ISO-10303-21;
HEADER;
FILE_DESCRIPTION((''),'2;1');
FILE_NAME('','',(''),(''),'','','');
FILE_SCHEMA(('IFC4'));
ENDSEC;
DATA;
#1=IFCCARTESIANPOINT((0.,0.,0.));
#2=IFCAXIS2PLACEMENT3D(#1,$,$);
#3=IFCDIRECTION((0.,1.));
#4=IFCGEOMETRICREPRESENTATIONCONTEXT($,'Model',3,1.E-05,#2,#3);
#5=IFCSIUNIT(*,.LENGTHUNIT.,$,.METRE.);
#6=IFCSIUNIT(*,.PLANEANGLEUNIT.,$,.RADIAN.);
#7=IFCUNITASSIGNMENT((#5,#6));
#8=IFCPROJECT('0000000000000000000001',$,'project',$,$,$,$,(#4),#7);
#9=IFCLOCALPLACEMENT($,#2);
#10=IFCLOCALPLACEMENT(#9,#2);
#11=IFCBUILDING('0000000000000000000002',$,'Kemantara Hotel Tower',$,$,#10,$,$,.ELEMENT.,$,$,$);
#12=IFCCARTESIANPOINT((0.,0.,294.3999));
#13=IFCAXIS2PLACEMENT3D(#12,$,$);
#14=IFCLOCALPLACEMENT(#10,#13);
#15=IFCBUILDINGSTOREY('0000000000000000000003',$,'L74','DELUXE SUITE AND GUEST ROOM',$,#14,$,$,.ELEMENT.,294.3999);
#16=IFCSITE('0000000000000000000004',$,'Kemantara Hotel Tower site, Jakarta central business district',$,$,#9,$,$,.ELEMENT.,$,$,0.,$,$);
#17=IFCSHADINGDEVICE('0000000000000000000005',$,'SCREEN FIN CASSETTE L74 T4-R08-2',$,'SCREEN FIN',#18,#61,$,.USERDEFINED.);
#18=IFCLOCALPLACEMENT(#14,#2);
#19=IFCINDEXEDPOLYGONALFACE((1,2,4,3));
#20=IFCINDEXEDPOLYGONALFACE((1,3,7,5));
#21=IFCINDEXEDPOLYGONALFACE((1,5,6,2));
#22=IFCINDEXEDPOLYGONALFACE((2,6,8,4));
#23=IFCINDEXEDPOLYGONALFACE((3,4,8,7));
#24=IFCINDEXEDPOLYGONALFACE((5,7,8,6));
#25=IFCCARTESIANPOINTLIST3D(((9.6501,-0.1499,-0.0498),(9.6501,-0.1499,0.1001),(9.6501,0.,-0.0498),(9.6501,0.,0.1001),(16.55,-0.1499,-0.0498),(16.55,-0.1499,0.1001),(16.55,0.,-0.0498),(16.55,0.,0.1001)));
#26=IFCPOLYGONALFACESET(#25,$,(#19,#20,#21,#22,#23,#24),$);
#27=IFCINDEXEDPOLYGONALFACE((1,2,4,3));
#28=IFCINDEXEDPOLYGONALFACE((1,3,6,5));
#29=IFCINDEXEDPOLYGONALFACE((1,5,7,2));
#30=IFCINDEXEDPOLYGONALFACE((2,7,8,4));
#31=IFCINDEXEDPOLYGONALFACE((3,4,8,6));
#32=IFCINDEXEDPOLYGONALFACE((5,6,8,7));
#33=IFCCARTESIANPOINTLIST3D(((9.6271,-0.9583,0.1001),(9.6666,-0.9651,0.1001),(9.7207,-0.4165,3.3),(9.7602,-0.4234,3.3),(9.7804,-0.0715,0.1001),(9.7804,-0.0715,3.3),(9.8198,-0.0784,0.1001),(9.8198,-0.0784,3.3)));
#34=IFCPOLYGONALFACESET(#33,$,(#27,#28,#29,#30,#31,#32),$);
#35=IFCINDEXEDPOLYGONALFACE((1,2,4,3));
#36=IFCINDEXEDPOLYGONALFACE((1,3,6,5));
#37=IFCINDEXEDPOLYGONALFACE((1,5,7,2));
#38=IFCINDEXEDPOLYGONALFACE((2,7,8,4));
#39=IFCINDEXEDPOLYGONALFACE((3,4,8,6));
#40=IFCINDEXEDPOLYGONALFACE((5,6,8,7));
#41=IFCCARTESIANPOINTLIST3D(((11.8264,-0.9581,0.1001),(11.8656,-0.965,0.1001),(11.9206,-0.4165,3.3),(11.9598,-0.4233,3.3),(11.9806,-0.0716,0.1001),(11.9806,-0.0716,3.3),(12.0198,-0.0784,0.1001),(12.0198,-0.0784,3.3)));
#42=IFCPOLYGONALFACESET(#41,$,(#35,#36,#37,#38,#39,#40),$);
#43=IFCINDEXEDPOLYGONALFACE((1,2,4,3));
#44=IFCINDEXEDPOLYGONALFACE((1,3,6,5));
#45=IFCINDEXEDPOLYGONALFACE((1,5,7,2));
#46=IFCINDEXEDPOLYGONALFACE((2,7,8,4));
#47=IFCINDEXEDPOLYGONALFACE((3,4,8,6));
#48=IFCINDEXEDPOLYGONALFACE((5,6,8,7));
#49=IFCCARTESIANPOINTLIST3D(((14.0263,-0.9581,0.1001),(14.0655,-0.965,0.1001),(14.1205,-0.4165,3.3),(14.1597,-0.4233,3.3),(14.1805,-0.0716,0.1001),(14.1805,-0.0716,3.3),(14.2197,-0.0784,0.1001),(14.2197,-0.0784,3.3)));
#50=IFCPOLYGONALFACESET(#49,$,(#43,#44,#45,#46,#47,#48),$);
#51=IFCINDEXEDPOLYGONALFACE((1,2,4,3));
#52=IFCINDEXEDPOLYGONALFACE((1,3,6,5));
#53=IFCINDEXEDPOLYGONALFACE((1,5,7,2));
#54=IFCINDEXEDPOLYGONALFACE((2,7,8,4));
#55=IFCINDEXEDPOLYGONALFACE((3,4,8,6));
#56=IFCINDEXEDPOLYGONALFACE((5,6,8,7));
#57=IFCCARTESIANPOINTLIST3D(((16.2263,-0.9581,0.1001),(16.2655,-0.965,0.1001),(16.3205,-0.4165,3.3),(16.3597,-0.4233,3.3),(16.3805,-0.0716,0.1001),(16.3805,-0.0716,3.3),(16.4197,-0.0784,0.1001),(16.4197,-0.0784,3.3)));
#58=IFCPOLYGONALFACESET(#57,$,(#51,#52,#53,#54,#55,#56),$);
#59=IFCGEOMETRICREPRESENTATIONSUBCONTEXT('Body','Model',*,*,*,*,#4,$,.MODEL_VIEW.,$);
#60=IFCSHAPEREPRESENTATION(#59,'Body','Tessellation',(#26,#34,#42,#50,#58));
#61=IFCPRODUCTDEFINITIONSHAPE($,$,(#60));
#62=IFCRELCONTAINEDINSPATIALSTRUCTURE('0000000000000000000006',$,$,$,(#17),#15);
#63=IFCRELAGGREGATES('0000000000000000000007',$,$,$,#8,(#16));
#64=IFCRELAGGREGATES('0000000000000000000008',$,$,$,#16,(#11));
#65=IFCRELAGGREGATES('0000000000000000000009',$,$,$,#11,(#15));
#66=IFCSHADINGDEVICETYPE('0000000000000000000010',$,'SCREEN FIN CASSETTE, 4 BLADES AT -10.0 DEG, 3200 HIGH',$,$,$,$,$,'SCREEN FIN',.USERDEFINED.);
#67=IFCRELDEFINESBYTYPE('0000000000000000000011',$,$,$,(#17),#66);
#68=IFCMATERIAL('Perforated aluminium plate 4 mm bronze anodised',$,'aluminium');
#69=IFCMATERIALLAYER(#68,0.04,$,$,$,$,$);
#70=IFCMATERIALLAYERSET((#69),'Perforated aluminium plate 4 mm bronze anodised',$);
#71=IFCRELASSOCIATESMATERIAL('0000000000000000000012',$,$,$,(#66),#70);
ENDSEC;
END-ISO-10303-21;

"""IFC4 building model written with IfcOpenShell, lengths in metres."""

from ifc_helpers import new_model, si_unit, direction, frame, origin, origin_2d, place, context, subcontext, project, spatial, polyline, rectangle, outline, extrude, source, transform, mapped, material, layer, layer_set, type_object, element, save


model = new_model("IFC4")

# Units and contexts
model_context = context("Model", 3, precision=1e-05, world=origin(), true_north=direction((0.0, 1.0)))
body_context = subcontext(model_context, "Body", "Model", "MODEL_VIEW")
ifc_project = project(units=[si_unit("LENGTHUNIT", "METRE"), si_unit("PLANEANGLEUNIT", "RADIAN")], contexts=[model_context])

# Site, building, storey
site_placement = place(None, origin())
site = spatial("IfcSite", under=ifc_project, at=site_placement, Name="Kemantara Hotel Tower site, Jakarta central business district", CompositionType="ELEMENT", RefElevation=0.0)
building_placement = place(site_placement, origin())
building = spatial("IfcBuilding", under=site, at=building_placement, Name="Kemantara Hotel Tower", CompositionType="ELEMENT")
storey_placement = place(building_placement, frame((0.0, 0.0, 294.3999)))
storey = spatial("IfcBuildingStorey", under=building, at=storey_placement, Name="L74", Description="DELUXE SUITE AND GUEST ROOM", CompositionType="ELEMENT", Elevation=294.3999)

# Shading device
ifc_material_1 = material(Name="Perforated aluminium plate 4 mm bronze anodised", Category="aluminium")
ifc_layer_1 = layer(ifc_material_1, 0.04)
ifc_layer_set_1 = layer_set([ifc_layer_1], Name="Perforated aluminium plate 4 mm bronze anodised")
shading_device_type_1 = type_object("IfcShadingDeviceType", Name="SCREEN FIN CASSETTE, 4 BLADES AT -10.0 DEG, 3200 HIGH", ElementType="SCREEN FIN", PredefinedType="USERDEFINED", material=ifc_layer_set_1)
shared_shape_1 = source(origin(), body_context, "Body", "SweptSolid", [
    extrude(rectangle(XDim=6.8999, YDim=0.1499, at=origin_2d()), frame((3.3, -0.075, -0.1499), z_axis=(0.0, 0.0, 1.0), x_axis=(1.0, 0.0, 0.0)), (0.0, 0.0, 1.0), 0.1499),
    extrude(outline(polyline([(0.0, 0.0), (0.8999, 0.0), (0.3501, 3.2), (0.0, 3.2), (0.0, 0.0)])), frame((0.0198, -0.0784, 0.0), z_axis=(-0.98539, 0.170314, 0.0), x_axis=(-0.170314, -0.98539, 0.0)), (0.0, 0.0, 1.0), 0.04),
    extrude(outline(polyline([(0.0, 0.0), (0.8999, 0.0), (0.3501, 3.2), (0.0, 3.2), (0.0, 0.0)])), frame((2.2197, -0.0784, 0.0), z_axis=(-0.985212, 0.171341, 0.0), x_axis=(-0.171341, -0.985212, 0.0)), (0.0, 0.0, 1.0), 0.0398),
    extrude(outline(polyline([(0.0, 0.0), (0.8999, 0.0), (0.3501, 3.2), (0.0, 3.2), (0.0, 0.0)])), frame((4.4197, -0.0784, 0.0), z_axis=(-0.985212, 0.171341, 0.0), x_axis=(-0.171341, -0.985212, 0.0)), (0.0, 0.0, 1.0), 0.0398),
    extrude(outline(polyline([(0.0, 0.0), (0.8999, 0.0), (0.3501, 3.2), (0.0, 3.2), (0.0, 0.0)])), frame((6.6196, -0.0784, 0.0), z_axis=(-0.985212, 0.171341, 0.0), x_axis=(-0.171341, -0.985212, 0.0)), (0.0, 0.0, 1.0), 0.0398),
])
shading_device_1_placement = place(storey_placement, frame((9.8, 0.0, 0.1001), z_axis=(0.0, 0.0, 1.0), x_axis=(1.0, 0.0, 0.0)))
element("IfcShadingDevice", 1, at=shading_device_1_placement, inside=storey, type_object=shading_device_type_1, Name="SCREEN FIN CASSETTE L74 T4-R08-2", ObjectType="SCREEN FIN", PredefinedType="USERDEFINED", context=body_context, shape_type="MappedRepresentation", body=[
    mapped(shared_shape_1, transform((0.0, 0.0, 0.0))),
])

save(model, "model.ifc")
